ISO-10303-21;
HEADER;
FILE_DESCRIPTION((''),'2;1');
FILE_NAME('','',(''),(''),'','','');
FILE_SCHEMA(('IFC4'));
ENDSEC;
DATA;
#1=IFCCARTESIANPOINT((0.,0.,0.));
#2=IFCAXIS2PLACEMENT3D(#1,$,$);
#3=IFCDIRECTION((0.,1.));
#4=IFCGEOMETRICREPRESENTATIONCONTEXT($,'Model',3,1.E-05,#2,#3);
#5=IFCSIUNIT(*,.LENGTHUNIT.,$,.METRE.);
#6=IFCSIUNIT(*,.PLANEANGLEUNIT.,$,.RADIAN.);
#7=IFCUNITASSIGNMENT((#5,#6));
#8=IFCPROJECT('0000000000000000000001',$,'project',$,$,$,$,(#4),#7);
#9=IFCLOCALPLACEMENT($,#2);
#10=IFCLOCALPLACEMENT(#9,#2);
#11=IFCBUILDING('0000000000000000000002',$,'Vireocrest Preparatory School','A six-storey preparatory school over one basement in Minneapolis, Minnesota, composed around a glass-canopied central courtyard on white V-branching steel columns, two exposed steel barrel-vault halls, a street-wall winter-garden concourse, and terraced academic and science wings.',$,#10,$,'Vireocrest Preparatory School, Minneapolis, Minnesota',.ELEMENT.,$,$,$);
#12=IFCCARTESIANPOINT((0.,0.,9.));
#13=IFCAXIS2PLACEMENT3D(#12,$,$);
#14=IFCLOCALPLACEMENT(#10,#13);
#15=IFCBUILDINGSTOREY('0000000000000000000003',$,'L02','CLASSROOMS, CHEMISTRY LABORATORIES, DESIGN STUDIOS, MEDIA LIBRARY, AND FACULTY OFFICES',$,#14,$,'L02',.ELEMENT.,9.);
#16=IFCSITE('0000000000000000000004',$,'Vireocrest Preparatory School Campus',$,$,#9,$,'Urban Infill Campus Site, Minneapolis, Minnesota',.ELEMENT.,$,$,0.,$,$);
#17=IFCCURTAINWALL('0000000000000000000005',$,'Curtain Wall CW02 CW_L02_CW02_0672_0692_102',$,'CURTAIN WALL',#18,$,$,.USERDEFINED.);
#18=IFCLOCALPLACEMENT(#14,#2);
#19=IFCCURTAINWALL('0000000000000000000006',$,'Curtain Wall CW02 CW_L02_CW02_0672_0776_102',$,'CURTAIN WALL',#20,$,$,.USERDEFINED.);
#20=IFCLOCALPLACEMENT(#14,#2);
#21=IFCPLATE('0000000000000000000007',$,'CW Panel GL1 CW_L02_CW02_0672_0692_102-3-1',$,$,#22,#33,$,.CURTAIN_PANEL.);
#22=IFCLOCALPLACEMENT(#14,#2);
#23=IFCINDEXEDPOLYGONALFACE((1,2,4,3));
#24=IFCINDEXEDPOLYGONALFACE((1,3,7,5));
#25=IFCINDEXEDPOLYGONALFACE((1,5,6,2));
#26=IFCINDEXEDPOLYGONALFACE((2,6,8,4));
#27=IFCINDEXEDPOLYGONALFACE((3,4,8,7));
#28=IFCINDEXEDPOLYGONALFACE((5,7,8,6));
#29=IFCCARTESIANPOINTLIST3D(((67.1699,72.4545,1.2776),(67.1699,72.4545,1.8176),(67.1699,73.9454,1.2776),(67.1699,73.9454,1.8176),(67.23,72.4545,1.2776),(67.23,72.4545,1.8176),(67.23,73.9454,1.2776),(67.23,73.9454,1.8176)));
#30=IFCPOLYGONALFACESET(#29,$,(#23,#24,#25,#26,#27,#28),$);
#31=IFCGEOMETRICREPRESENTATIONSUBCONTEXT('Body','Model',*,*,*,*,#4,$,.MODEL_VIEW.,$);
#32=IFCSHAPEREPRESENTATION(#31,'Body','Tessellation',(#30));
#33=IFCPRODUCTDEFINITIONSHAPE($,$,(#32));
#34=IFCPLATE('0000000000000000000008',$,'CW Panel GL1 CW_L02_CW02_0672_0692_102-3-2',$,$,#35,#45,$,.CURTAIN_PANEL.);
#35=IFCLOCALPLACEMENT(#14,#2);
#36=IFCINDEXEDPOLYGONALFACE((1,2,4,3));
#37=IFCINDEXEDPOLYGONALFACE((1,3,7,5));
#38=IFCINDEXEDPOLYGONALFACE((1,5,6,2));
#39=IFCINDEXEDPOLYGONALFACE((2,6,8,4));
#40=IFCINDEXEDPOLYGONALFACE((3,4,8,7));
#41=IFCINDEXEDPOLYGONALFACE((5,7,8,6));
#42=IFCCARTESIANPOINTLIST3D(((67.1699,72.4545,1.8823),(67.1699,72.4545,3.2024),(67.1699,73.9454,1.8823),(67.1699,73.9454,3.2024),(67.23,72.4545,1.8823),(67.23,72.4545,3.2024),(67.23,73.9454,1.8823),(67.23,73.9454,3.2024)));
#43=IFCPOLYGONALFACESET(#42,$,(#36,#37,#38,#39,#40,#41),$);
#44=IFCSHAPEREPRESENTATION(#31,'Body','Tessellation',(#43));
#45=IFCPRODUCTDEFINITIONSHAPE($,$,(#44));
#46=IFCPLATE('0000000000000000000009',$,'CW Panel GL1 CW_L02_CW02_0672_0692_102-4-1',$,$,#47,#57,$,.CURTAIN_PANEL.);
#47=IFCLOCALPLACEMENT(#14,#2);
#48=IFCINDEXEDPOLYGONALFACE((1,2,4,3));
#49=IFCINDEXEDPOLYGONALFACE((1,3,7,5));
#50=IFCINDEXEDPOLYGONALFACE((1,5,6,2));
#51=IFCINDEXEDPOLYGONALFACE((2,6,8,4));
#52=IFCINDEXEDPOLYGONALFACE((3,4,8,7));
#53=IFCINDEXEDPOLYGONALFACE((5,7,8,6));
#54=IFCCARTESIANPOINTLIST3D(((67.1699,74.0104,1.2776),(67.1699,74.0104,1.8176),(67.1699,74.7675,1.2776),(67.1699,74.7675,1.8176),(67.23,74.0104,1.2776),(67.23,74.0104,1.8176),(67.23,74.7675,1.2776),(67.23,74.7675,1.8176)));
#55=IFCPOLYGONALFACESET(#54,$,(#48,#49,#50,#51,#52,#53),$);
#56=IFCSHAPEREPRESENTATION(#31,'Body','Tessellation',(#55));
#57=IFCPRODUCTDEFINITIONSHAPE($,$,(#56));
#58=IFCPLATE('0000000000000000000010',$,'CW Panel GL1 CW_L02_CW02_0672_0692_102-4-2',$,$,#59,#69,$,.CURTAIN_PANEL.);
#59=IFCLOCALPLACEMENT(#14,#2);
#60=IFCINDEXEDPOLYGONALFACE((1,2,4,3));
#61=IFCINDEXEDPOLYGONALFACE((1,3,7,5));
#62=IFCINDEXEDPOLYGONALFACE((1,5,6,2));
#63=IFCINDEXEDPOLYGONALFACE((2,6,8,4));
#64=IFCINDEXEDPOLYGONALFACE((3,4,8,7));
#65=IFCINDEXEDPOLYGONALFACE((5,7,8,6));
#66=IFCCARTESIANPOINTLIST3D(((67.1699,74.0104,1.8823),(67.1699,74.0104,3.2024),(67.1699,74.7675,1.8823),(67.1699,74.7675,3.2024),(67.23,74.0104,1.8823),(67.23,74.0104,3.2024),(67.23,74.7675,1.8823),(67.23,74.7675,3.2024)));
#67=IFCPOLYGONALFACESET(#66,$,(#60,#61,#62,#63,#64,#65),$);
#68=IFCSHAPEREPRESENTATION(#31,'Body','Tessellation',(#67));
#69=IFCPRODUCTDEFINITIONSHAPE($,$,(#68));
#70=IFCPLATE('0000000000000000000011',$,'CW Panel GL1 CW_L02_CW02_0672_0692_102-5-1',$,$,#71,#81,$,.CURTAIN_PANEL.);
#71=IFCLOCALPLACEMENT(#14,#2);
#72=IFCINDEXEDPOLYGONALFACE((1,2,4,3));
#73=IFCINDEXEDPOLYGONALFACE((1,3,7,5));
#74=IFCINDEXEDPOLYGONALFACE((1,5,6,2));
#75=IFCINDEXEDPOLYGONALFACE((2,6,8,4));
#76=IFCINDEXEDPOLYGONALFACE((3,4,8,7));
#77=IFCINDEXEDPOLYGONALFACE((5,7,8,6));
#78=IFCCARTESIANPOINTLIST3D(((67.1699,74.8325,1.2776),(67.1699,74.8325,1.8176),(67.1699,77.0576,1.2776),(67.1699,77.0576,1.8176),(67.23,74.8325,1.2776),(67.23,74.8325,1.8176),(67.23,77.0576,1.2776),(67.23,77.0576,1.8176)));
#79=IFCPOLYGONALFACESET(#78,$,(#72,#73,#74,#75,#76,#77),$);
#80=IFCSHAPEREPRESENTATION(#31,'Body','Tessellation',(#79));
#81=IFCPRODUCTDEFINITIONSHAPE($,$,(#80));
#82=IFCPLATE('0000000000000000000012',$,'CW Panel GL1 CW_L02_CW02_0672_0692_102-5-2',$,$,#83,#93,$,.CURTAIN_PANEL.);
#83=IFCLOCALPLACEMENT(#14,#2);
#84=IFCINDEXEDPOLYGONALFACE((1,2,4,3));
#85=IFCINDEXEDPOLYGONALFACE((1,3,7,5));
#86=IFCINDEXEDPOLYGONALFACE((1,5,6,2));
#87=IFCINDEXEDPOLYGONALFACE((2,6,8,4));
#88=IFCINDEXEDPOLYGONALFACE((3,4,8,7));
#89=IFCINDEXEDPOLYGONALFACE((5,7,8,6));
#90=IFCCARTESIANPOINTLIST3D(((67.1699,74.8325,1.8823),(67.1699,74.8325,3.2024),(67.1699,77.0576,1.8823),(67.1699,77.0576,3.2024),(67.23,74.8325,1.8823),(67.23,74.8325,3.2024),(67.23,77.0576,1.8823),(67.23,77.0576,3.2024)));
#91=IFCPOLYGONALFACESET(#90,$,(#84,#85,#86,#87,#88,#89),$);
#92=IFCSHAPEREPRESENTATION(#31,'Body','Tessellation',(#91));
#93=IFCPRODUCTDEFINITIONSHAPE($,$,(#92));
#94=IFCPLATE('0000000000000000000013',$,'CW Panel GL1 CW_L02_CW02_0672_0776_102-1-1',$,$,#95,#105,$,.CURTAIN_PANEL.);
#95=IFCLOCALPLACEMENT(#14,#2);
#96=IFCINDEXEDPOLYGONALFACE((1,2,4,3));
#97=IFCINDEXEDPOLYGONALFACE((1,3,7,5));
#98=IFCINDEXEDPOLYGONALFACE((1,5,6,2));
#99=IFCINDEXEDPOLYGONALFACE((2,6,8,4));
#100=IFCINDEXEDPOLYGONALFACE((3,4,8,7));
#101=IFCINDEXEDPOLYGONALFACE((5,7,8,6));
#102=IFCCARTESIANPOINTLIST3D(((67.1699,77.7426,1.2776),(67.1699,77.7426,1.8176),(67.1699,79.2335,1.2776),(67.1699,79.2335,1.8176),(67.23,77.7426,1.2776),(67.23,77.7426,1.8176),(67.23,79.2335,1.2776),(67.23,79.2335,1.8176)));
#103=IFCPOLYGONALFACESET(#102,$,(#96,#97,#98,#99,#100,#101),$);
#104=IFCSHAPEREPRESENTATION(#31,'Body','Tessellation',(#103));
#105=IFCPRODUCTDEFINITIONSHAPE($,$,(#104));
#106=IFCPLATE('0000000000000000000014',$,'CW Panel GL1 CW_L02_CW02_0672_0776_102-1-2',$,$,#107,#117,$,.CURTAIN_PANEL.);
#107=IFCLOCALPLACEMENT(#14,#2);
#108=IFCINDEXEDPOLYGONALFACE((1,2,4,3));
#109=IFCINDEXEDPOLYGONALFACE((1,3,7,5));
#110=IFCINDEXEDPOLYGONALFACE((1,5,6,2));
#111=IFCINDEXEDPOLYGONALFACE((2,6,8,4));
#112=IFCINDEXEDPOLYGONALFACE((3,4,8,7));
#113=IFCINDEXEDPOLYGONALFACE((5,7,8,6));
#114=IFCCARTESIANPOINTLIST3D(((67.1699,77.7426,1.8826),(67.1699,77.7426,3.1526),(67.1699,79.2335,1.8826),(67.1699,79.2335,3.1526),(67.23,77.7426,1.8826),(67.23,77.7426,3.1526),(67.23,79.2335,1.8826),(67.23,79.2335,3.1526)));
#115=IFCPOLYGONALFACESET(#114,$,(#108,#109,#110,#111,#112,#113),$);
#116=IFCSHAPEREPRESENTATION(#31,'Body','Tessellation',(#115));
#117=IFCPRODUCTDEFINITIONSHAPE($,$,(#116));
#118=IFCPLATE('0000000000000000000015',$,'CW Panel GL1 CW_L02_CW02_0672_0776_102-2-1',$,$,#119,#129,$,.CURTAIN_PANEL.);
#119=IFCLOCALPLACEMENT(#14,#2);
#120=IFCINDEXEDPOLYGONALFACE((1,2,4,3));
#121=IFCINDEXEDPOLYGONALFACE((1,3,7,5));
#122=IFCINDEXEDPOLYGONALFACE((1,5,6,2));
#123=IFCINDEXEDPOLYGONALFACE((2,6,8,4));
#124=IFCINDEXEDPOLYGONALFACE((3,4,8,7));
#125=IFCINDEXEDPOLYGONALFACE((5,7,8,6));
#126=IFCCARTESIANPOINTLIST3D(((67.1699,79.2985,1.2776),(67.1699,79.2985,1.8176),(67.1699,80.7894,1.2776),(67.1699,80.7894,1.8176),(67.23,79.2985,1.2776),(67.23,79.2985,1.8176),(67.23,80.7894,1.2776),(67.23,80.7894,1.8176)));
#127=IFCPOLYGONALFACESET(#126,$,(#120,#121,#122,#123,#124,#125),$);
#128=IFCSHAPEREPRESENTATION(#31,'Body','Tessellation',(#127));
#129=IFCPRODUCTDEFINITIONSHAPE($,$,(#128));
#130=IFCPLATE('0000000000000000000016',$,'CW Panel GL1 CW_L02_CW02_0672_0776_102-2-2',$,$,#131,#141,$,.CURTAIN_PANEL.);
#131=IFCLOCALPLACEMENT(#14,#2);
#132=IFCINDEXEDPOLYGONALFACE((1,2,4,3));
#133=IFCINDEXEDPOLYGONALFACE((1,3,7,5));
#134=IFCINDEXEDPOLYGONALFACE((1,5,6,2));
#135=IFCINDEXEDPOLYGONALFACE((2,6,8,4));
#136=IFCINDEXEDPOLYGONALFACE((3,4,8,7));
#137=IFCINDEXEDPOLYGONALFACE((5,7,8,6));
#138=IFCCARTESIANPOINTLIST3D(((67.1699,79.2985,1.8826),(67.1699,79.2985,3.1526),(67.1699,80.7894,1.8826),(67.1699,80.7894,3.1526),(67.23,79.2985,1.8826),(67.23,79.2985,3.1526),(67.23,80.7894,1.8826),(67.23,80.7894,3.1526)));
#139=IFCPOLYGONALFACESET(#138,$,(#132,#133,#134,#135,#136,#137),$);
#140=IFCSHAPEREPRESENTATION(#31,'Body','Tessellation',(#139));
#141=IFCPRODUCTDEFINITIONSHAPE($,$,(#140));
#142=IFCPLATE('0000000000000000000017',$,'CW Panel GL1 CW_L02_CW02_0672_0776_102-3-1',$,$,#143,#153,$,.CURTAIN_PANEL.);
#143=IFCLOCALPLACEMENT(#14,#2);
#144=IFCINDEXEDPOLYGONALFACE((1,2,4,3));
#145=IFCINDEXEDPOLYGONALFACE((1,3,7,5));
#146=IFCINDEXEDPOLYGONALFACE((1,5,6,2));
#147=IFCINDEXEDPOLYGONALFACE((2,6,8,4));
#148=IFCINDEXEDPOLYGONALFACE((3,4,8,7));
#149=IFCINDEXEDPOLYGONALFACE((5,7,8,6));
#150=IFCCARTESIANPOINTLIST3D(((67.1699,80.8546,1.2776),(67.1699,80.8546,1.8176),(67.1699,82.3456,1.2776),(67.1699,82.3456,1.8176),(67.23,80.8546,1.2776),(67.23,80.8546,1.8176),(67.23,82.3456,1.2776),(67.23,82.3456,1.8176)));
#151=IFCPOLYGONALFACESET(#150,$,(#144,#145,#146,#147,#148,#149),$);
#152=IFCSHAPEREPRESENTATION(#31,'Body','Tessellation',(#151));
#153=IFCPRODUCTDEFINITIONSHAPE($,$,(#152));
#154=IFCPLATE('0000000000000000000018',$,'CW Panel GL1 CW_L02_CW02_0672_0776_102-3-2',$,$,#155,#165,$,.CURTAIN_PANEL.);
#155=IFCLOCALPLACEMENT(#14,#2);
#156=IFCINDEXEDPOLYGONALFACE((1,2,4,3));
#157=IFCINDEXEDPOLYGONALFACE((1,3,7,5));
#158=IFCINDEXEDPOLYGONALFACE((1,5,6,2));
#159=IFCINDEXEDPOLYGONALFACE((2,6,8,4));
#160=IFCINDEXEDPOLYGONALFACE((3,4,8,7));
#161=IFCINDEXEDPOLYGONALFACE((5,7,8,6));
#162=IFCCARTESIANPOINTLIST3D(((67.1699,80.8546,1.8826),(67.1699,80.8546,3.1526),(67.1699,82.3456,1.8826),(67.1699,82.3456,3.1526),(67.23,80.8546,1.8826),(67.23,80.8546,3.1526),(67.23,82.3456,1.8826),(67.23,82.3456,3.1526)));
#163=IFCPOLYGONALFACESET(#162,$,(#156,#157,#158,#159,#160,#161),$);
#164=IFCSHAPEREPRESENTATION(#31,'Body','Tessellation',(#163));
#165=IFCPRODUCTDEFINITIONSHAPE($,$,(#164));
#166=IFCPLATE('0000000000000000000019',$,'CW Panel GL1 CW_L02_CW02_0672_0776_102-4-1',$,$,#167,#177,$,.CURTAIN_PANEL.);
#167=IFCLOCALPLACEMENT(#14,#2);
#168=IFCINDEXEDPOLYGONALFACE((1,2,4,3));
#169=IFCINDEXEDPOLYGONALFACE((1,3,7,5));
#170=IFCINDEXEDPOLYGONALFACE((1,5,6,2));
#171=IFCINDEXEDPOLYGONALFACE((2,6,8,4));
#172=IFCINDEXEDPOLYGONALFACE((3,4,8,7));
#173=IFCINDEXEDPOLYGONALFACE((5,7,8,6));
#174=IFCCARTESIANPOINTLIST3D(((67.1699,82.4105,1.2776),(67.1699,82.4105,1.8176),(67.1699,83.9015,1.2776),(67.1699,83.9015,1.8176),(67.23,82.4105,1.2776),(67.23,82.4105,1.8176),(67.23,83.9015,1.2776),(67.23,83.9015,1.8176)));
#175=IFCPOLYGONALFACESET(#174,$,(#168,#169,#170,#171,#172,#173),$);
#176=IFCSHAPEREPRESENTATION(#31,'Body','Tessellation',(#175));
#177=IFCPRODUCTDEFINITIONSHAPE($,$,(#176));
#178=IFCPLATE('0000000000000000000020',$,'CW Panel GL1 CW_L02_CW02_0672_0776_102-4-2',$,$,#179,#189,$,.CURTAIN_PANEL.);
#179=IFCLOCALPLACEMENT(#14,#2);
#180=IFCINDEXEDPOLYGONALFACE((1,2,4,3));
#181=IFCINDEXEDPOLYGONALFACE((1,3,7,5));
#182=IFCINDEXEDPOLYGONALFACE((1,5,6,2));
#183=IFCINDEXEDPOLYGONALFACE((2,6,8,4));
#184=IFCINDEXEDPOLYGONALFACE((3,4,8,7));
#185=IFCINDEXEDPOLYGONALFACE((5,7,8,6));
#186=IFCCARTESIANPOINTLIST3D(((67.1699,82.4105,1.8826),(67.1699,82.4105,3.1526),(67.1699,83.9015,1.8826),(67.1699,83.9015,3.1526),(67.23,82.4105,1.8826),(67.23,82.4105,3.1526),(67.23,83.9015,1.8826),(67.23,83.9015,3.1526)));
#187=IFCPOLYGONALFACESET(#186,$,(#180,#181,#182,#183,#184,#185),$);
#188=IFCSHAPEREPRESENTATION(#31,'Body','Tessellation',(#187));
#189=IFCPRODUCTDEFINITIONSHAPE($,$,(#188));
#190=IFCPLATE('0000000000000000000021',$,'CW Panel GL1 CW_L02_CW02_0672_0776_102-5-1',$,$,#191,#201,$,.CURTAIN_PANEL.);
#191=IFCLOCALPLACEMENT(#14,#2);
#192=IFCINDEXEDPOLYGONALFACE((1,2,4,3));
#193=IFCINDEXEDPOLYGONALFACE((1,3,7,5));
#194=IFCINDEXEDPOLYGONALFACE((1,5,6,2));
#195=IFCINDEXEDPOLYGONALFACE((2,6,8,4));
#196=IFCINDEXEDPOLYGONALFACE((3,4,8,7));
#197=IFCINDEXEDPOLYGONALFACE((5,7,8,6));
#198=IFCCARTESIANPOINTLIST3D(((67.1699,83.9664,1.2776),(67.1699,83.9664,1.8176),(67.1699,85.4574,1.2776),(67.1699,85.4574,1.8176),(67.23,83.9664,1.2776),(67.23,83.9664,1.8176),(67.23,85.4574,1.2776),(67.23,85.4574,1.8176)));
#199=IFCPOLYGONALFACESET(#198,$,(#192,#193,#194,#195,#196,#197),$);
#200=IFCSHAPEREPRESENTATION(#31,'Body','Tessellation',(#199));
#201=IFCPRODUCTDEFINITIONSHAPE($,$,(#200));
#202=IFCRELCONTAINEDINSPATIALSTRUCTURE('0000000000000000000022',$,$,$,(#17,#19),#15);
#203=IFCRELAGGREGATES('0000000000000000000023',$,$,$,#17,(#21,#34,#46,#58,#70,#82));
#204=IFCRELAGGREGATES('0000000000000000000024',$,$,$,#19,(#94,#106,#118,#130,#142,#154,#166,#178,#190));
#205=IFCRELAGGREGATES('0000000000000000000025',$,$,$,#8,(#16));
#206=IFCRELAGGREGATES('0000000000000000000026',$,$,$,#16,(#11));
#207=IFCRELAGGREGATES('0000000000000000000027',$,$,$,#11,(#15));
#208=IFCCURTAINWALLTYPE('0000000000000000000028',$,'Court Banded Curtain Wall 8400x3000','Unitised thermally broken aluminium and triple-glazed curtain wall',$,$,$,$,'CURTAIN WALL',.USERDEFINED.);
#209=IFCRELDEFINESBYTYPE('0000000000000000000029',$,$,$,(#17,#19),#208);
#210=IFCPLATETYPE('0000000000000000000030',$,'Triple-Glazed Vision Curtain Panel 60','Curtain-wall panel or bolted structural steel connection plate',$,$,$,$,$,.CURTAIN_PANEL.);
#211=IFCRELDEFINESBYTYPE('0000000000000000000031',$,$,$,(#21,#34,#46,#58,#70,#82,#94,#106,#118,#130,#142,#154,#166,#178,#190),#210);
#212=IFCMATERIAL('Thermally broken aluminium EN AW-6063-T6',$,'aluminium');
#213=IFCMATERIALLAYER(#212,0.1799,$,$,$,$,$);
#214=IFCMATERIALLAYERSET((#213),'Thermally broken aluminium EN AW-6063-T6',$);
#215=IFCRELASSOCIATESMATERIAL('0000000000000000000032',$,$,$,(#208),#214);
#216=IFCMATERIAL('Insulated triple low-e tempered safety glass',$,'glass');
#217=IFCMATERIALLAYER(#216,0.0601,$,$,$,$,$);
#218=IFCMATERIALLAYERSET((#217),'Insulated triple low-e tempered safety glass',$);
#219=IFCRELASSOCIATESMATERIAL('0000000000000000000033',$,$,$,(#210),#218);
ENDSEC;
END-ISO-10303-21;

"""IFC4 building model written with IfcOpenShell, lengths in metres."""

from ifc_helpers import new_model, si_unit, direction, frame, origin, origin_2d, place, context, subcontext, project, spatial, rectangle, extrude, material, layer, layer_set, type_object, element, aggregate, save


model = new_model("IFC4")

# Units and contexts
model_context = context("Model", 3, precision=1e-05, world=origin(), true_north=direction((0.0, 1.0)))
body_context = subcontext(model_context, "Body", "Model", "MODEL_VIEW")
ifc_project = project(units=[si_unit("LENGTHUNIT", "METRE"), si_unit("PLANEANGLEUNIT", "RADIAN")], contexts=[model_context])

# Site, building, storey
site_placement = place(None, origin())
site = spatial("IfcSite", under=ifc_project, at=site_placement, Name="Vireocrest Preparatory School Campus", LongName="Urban Infill Campus Site, Minneapolis, Minnesota", CompositionType="ELEMENT", RefElevation=0.0)
building_placement = place(site_placement, origin())
building = spatial("IfcBuilding", under=site, at=building_placement, Name="Vireocrest Preparatory School", Description="A six-storey preparatory school over one basement in Minneapolis, Minnesota, composed around a glass-canopied central courtyard on white V-branching steel columns, two exposed steel barrel-vault halls, a street-wall winter-garden concourse, and terraced academic and science wings.", LongName="Vireocrest Preparatory School, Minneapolis, Minnesota", CompositionType="ELEMENT")
storey_placement = place(building_placement, frame((0.0, 0.0, 9.0)))
storey = spatial("IfcBuildingStorey", under=building, at=storey_placement, Name="L02", Description="CLASSROOMS, CHEMISTRY LABORATORIES, DESIGN STUDIOS, MEDIA LIBRARY, AND FACULTY OFFICES", LongName="L02", CompositionType="ELEMENT", Elevation=9.0)

# Curtain walls
ifc_material_1 = material(Name="Thermally broken aluminium EN AW-6063-T6", Category="aluminium")
ifc_layer_1 = layer(ifc_material_1, 0.1799)
ifc_layer_set_1 = layer_set([ifc_layer_1], Name="Thermally broken aluminium EN AW-6063-T6")
curtain_wall_type = type_object("IfcCurtainWallType", Name="Court Banded Curtain Wall 8400x3000", Description="Unitised thermally broken aluminium and triple-glazed curtain wall", ElementType="CURTAIN WALL", PredefinedType="USERDEFINED", material=ifc_layer_set_1)
curtain_wall_1_placement = place(storey_placement, origin())
curtain_wall_1 = element("IfcCurtainWall", 1, at=curtain_wall_1_placement, inside=storey, type_object=curtain_wall_type, Name="Curtain Wall CW02 CW_L02_CW02_0672_0692_102", ObjectType="CURTAIN WALL", PredefinedType="USERDEFINED")
curtain_wall_2_placement = place(storey_placement, origin())
curtain_wall_2 = element("IfcCurtainWall", 2, at=curtain_wall_2_placement, inside=storey, type_object=curtain_wall_type, Name="Curtain Wall CW02 CW_L02_CW02_0672_0776_102", ObjectType="CURTAIN WALL", PredefinedType="USERDEFINED")

# Plates
ifc_material_2 = material(Name="Insulated triple low-e tempered safety glass", Category="glass")
ifc_layer_2 = layer(ifc_material_2, 0.0601)
ifc_layer_set_2 = layer_set([ifc_layer_2], Name="Insulated triple low-e tempered safety glass")
plate_type = type_object("IfcPlateType", Name="Triple-Glazed Vision Curtain Panel 60", Description="Curtain-wall panel or bolted structural steel connection plate", PredefinedType="CURTAIN_PANEL", material=ifc_layer_set_2)
plate_1_placement = place(storey_placement, frame((67.2, 73.2, 1.2776), z_axis=(0.0, 0.0, 1.0), x_axis=(0.0, 1.0, 0.0)))
plate_1 = element("IfcPlate", 3, at=plate_1_placement, type_object=plate_type, Name="CW Panel GL1 CW_L02_CW02_0672_0692_102-3-1", PredefinedType="CURTAIN_PANEL", context=body_context, shape_type="SweptSolid", body=[
    extrude(rectangle(XDim=1.491, YDim=0.0601, at=origin_2d()), origin(), (0.0, 0.0, 1.0), 0.54),
])
plate_2_placement = place(storey_placement, frame((67.2, 73.2, 1.8823), z_axis=(0.0, 0.0, 1.0), x_axis=(0.0, 1.0, 0.0)))
plate_2 = element("IfcPlate", 4, at=plate_2_placement, type_object=plate_type, Name="CW Panel GL1 CW_L02_CW02_0672_0692_102-3-2", PredefinedType="CURTAIN_PANEL", context=body_context, shape_type="SweptSolid", body=[
    extrude(rectangle(XDim=1.491, YDim=0.0601, at=origin_2d()), origin(), (0.0, 0.0, 1.0), 1.3201),
])
plate_3_placement = place(storey_placement, frame((67.2, 74.3889, 1.2776), z_axis=(0.0, 0.0, 1.0), x_axis=(0.0, 1.0, 0.0)))
plate_3 = element("IfcPlate", 5, at=plate_3_placement, type_object=plate_type, Name="CW Panel GL1 CW_L02_CW02_0672_0692_102-4-1", PredefinedType="CURTAIN_PANEL", context=body_context, shape_type="SweptSolid", body=[
    extrude(rectangle(XDim=0.7571, YDim=0.0601, at=origin_2d()), origin(), (0.0, 0.0, 1.0), 0.54),
])
plate_4_placement = place(storey_placement, frame((67.2, 74.3889, 1.8823), z_axis=(0.0, 0.0, 1.0), x_axis=(0.0, 1.0, 0.0)))
plate_4 = element("IfcPlate", 6, at=plate_4_placement, type_object=plate_type, Name="CW Panel GL1 CW_L02_CW02_0672_0692_102-4-2", PredefinedType="CURTAIN_PANEL", context=body_context, shape_type="SweptSolid", body=[
    extrude(rectangle(XDim=0.7571, YDim=0.0601, at=origin_2d()), origin(), (0.0, 0.0, 1.0), 1.3201),
])
plate_5_placement = place(storey_placement, frame((67.2, 75.9451, 1.2776), z_axis=(0.0, 0.0, 1.0), x_axis=(0.0, 1.0, 0.0)))
plate_5 = element("IfcPlate", 7, at=plate_5_placement, type_object=plate_type, Name="CW Panel GL1 CW_L02_CW02_0672_0692_102-5-1", PredefinedType="CURTAIN_PANEL", context=body_context, shape_type="SweptSolid", body=[
    extrude(rectangle(XDim=2.2251, YDim=0.0601, at=origin_2d()), origin(), (0.0, 0.0, 1.0), 0.54),
])
plate_6_placement = place(storey_placement, frame((67.2, 75.9451, 1.8823), z_axis=(0.0, 0.0, 1.0), x_axis=(0.0, 1.0, 0.0)))
plate_6 = element("IfcPlate", 8, at=plate_6_placement, type_object=plate_type, Name="CW Panel GL1 CW_L02_CW02_0672_0692_102-5-2", PredefinedType="CURTAIN_PANEL", context=body_context, shape_type="SweptSolid", body=[
    extrude(rectangle(XDim=2.2251, YDim=0.0601, at=origin_2d()), origin(), (0.0, 0.0, 1.0), 1.3201),
])
aggregate(curtain_wall_1, [plate_1, plate_2, plate_3, plate_4, plate_5, plate_6])
plate_7_placement = place(storey_placement, frame((67.2, 78.488, 1.2776), z_axis=(0.0, 0.0, 1.0), x_axis=(0.0, 1.0, 0.0)))
plate_7 = element("IfcPlate", 9, at=plate_7_placement, type_object=plate_type, Name="CW Panel GL1 CW_L02_CW02_0672_0776_102-1-1", PredefinedType="CURTAIN_PANEL", context=body_context, shape_type="SweptSolid", body=[
    extrude(rectangle(XDim=1.491, YDim=0.0601, at=origin_2d()), origin(), (0.0, 0.0, 1.0), 0.54),
])
plate_8_placement = place(storey_placement, frame((67.2, 78.488, 1.8826), z_axis=(0.0, 0.0, 1.0), x_axis=(0.0, 1.0, 0.0)))
plate_8 = element("IfcPlate", 10, at=plate_8_placement, type_object=plate_type, Name="CW Panel GL1 CW_L02_CW02_0672_0776_102-1-2", PredefinedType="CURTAIN_PANEL", context=body_context, shape_type="SweptSolid", body=[
    extrude(rectangle(XDim=1.491, YDim=0.0601, at=origin_2d()), origin(), (0.0, 0.0, 1.0), 1.27),
])
plate_9_placement = place(storey_placement, frame((67.2, 80.0439, 1.2776), z_axis=(0.0, 0.0, 1.0), x_axis=(0.0, 1.0, 0.0)))
plate_9 = element("IfcPlate", 11, at=plate_9_placement, type_object=plate_type, Name="CW Panel GL1 CW_L02_CW02_0672_0776_102-2-1", PredefinedType="CURTAIN_PANEL", context=body_context, shape_type="SweptSolid", body=[
    extrude(rectangle(XDim=1.491, YDim=0.0601, at=origin_2d()), origin(), (0.0, 0.0, 1.0), 0.54),
])
plate_10_placement = place(storey_placement, frame((67.2, 80.0439, 1.8826), z_axis=(0.0, 0.0, 1.0), x_axis=(0.0, 1.0, 0.0)))
plate_10 = element("IfcPlate", 12, at=plate_10_placement, type_object=plate_type, Name="CW Panel GL1 CW_L02_CW02_0672_0776_102-2-2", PredefinedType="CURTAIN_PANEL", context=body_context, shape_type="SweptSolid", body=[
    extrude(rectangle(XDim=1.491, YDim=0.0601, at=origin_2d()), origin(), (0.0, 0.0, 1.0), 1.27),
])
plate_11_placement = place(storey_placement, frame((67.2, 81.6001, 1.2776), z_axis=(0.0, 0.0, 1.0), x_axis=(0.0, 1.0, 0.0)))
plate_11 = element("IfcPlate", 13, at=plate_11_placement, type_object=plate_type, Name="CW Panel GL1 CW_L02_CW02_0672_0776_102-3-1", PredefinedType="CURTAIN_PANEL", context=body_context, shape_type="SweptSolid", body=[
    extrude(rectangle(XDim=1.491, YDim=0.0601, at=origin_2d()), origin(), (0.0, 0.0, 1.0), 0.54),
])
plate_12_placement = place(storey_placement, frame((67.2, 81.6001, 1.8826), z_axis=(0.0, 0.0, 1.0), x_axis=(0.0, 1.0, 0.0)))
plate_12 = element("IfcPlate", 14, at=plate_12_placement, type_object=plate_type, Name="CW Panel GL1 CW_L02_CW02_0672_0776_102-3-2", PredefinedType="CURTAIN_PANEL", context=body_context, shape_type="SweptSolid", body=[
    extrude(rectangle(XDim=1.491, YDim=0.0601, at=origin_2d()), origin(), (0.0, 0.0, 1.0), 1.27),
])
plate_13_placement = place(storey_placement, frame((67.2, 83.156, 1.2776), z_axis=(0.0, 0.0, 1.0), x_axis=(0.0, 1.0, 0.0)))
plate_13 = element("IfcPlate", 15, at=plate_13_placement, type_object=plate_type, Name="CW Panel GL1 CW_L02_CW02_0672_0776_102-4-1", PredefinedType="CURTAIN_PANEL", context=body_context, shape_type="SweptSolid", body=[
    extrude(rectangle(XDim=1.491, YDim=0.0601, at=origin_2d()), origin(), (0.0, 0.0, 1.0), 0.54),
])
plate_14_placement = place(storey_placement, frame((67.2, 83.156, 1.8826), z_axis=(0.0, 0.0, 1.0), x_axis=(0.0, 1.0, 0.0)))
plate_14 = element("IfcPlate", 16, at=plate_14_placement, type_object=plate_type, Name="CW Panel GL1 CW_L02_CW02_0672_0776_102-4-2", PredefinedType="CURTAIN_PANEL", context=body_context, shape_type="SweptSolid", body=[
    extrude(rectangle(XDim=1.491, YDim=0.0601, at=origin_2d()), origin(), (0.0, 0.0, 1.0), 1.27),
])
plate_15_placement = place(storey_placement, frame((67.2, 84.7119, 1.2776), z_axis=(0.0, 0.0, 1.0), x_axis=(0.0, 1.0, 0.0)))
plate_15 = element("IfcPlate", 17, at=plate_15_placement, type_object=plate_type, Name="CW Panel GL1 CW_L02_CW02_0672_0776_102-5-1", PredefinedType="CURTAIN_PANEL", context=body_context, shape_type="SweptSolid", body=[
    extrude(rectangle(XDim=1.491, YDim=0.0601, at=origin_2d()), origin(), (0.0, 0.0, 1.0), 0.54),
])
aggregate(curtain_wall_2, [plate_7, plate_8, plate_9, plate_10, plate_11, plate_12, plate_13, plate_14, plate_15])

save(model, "model.ifc")
